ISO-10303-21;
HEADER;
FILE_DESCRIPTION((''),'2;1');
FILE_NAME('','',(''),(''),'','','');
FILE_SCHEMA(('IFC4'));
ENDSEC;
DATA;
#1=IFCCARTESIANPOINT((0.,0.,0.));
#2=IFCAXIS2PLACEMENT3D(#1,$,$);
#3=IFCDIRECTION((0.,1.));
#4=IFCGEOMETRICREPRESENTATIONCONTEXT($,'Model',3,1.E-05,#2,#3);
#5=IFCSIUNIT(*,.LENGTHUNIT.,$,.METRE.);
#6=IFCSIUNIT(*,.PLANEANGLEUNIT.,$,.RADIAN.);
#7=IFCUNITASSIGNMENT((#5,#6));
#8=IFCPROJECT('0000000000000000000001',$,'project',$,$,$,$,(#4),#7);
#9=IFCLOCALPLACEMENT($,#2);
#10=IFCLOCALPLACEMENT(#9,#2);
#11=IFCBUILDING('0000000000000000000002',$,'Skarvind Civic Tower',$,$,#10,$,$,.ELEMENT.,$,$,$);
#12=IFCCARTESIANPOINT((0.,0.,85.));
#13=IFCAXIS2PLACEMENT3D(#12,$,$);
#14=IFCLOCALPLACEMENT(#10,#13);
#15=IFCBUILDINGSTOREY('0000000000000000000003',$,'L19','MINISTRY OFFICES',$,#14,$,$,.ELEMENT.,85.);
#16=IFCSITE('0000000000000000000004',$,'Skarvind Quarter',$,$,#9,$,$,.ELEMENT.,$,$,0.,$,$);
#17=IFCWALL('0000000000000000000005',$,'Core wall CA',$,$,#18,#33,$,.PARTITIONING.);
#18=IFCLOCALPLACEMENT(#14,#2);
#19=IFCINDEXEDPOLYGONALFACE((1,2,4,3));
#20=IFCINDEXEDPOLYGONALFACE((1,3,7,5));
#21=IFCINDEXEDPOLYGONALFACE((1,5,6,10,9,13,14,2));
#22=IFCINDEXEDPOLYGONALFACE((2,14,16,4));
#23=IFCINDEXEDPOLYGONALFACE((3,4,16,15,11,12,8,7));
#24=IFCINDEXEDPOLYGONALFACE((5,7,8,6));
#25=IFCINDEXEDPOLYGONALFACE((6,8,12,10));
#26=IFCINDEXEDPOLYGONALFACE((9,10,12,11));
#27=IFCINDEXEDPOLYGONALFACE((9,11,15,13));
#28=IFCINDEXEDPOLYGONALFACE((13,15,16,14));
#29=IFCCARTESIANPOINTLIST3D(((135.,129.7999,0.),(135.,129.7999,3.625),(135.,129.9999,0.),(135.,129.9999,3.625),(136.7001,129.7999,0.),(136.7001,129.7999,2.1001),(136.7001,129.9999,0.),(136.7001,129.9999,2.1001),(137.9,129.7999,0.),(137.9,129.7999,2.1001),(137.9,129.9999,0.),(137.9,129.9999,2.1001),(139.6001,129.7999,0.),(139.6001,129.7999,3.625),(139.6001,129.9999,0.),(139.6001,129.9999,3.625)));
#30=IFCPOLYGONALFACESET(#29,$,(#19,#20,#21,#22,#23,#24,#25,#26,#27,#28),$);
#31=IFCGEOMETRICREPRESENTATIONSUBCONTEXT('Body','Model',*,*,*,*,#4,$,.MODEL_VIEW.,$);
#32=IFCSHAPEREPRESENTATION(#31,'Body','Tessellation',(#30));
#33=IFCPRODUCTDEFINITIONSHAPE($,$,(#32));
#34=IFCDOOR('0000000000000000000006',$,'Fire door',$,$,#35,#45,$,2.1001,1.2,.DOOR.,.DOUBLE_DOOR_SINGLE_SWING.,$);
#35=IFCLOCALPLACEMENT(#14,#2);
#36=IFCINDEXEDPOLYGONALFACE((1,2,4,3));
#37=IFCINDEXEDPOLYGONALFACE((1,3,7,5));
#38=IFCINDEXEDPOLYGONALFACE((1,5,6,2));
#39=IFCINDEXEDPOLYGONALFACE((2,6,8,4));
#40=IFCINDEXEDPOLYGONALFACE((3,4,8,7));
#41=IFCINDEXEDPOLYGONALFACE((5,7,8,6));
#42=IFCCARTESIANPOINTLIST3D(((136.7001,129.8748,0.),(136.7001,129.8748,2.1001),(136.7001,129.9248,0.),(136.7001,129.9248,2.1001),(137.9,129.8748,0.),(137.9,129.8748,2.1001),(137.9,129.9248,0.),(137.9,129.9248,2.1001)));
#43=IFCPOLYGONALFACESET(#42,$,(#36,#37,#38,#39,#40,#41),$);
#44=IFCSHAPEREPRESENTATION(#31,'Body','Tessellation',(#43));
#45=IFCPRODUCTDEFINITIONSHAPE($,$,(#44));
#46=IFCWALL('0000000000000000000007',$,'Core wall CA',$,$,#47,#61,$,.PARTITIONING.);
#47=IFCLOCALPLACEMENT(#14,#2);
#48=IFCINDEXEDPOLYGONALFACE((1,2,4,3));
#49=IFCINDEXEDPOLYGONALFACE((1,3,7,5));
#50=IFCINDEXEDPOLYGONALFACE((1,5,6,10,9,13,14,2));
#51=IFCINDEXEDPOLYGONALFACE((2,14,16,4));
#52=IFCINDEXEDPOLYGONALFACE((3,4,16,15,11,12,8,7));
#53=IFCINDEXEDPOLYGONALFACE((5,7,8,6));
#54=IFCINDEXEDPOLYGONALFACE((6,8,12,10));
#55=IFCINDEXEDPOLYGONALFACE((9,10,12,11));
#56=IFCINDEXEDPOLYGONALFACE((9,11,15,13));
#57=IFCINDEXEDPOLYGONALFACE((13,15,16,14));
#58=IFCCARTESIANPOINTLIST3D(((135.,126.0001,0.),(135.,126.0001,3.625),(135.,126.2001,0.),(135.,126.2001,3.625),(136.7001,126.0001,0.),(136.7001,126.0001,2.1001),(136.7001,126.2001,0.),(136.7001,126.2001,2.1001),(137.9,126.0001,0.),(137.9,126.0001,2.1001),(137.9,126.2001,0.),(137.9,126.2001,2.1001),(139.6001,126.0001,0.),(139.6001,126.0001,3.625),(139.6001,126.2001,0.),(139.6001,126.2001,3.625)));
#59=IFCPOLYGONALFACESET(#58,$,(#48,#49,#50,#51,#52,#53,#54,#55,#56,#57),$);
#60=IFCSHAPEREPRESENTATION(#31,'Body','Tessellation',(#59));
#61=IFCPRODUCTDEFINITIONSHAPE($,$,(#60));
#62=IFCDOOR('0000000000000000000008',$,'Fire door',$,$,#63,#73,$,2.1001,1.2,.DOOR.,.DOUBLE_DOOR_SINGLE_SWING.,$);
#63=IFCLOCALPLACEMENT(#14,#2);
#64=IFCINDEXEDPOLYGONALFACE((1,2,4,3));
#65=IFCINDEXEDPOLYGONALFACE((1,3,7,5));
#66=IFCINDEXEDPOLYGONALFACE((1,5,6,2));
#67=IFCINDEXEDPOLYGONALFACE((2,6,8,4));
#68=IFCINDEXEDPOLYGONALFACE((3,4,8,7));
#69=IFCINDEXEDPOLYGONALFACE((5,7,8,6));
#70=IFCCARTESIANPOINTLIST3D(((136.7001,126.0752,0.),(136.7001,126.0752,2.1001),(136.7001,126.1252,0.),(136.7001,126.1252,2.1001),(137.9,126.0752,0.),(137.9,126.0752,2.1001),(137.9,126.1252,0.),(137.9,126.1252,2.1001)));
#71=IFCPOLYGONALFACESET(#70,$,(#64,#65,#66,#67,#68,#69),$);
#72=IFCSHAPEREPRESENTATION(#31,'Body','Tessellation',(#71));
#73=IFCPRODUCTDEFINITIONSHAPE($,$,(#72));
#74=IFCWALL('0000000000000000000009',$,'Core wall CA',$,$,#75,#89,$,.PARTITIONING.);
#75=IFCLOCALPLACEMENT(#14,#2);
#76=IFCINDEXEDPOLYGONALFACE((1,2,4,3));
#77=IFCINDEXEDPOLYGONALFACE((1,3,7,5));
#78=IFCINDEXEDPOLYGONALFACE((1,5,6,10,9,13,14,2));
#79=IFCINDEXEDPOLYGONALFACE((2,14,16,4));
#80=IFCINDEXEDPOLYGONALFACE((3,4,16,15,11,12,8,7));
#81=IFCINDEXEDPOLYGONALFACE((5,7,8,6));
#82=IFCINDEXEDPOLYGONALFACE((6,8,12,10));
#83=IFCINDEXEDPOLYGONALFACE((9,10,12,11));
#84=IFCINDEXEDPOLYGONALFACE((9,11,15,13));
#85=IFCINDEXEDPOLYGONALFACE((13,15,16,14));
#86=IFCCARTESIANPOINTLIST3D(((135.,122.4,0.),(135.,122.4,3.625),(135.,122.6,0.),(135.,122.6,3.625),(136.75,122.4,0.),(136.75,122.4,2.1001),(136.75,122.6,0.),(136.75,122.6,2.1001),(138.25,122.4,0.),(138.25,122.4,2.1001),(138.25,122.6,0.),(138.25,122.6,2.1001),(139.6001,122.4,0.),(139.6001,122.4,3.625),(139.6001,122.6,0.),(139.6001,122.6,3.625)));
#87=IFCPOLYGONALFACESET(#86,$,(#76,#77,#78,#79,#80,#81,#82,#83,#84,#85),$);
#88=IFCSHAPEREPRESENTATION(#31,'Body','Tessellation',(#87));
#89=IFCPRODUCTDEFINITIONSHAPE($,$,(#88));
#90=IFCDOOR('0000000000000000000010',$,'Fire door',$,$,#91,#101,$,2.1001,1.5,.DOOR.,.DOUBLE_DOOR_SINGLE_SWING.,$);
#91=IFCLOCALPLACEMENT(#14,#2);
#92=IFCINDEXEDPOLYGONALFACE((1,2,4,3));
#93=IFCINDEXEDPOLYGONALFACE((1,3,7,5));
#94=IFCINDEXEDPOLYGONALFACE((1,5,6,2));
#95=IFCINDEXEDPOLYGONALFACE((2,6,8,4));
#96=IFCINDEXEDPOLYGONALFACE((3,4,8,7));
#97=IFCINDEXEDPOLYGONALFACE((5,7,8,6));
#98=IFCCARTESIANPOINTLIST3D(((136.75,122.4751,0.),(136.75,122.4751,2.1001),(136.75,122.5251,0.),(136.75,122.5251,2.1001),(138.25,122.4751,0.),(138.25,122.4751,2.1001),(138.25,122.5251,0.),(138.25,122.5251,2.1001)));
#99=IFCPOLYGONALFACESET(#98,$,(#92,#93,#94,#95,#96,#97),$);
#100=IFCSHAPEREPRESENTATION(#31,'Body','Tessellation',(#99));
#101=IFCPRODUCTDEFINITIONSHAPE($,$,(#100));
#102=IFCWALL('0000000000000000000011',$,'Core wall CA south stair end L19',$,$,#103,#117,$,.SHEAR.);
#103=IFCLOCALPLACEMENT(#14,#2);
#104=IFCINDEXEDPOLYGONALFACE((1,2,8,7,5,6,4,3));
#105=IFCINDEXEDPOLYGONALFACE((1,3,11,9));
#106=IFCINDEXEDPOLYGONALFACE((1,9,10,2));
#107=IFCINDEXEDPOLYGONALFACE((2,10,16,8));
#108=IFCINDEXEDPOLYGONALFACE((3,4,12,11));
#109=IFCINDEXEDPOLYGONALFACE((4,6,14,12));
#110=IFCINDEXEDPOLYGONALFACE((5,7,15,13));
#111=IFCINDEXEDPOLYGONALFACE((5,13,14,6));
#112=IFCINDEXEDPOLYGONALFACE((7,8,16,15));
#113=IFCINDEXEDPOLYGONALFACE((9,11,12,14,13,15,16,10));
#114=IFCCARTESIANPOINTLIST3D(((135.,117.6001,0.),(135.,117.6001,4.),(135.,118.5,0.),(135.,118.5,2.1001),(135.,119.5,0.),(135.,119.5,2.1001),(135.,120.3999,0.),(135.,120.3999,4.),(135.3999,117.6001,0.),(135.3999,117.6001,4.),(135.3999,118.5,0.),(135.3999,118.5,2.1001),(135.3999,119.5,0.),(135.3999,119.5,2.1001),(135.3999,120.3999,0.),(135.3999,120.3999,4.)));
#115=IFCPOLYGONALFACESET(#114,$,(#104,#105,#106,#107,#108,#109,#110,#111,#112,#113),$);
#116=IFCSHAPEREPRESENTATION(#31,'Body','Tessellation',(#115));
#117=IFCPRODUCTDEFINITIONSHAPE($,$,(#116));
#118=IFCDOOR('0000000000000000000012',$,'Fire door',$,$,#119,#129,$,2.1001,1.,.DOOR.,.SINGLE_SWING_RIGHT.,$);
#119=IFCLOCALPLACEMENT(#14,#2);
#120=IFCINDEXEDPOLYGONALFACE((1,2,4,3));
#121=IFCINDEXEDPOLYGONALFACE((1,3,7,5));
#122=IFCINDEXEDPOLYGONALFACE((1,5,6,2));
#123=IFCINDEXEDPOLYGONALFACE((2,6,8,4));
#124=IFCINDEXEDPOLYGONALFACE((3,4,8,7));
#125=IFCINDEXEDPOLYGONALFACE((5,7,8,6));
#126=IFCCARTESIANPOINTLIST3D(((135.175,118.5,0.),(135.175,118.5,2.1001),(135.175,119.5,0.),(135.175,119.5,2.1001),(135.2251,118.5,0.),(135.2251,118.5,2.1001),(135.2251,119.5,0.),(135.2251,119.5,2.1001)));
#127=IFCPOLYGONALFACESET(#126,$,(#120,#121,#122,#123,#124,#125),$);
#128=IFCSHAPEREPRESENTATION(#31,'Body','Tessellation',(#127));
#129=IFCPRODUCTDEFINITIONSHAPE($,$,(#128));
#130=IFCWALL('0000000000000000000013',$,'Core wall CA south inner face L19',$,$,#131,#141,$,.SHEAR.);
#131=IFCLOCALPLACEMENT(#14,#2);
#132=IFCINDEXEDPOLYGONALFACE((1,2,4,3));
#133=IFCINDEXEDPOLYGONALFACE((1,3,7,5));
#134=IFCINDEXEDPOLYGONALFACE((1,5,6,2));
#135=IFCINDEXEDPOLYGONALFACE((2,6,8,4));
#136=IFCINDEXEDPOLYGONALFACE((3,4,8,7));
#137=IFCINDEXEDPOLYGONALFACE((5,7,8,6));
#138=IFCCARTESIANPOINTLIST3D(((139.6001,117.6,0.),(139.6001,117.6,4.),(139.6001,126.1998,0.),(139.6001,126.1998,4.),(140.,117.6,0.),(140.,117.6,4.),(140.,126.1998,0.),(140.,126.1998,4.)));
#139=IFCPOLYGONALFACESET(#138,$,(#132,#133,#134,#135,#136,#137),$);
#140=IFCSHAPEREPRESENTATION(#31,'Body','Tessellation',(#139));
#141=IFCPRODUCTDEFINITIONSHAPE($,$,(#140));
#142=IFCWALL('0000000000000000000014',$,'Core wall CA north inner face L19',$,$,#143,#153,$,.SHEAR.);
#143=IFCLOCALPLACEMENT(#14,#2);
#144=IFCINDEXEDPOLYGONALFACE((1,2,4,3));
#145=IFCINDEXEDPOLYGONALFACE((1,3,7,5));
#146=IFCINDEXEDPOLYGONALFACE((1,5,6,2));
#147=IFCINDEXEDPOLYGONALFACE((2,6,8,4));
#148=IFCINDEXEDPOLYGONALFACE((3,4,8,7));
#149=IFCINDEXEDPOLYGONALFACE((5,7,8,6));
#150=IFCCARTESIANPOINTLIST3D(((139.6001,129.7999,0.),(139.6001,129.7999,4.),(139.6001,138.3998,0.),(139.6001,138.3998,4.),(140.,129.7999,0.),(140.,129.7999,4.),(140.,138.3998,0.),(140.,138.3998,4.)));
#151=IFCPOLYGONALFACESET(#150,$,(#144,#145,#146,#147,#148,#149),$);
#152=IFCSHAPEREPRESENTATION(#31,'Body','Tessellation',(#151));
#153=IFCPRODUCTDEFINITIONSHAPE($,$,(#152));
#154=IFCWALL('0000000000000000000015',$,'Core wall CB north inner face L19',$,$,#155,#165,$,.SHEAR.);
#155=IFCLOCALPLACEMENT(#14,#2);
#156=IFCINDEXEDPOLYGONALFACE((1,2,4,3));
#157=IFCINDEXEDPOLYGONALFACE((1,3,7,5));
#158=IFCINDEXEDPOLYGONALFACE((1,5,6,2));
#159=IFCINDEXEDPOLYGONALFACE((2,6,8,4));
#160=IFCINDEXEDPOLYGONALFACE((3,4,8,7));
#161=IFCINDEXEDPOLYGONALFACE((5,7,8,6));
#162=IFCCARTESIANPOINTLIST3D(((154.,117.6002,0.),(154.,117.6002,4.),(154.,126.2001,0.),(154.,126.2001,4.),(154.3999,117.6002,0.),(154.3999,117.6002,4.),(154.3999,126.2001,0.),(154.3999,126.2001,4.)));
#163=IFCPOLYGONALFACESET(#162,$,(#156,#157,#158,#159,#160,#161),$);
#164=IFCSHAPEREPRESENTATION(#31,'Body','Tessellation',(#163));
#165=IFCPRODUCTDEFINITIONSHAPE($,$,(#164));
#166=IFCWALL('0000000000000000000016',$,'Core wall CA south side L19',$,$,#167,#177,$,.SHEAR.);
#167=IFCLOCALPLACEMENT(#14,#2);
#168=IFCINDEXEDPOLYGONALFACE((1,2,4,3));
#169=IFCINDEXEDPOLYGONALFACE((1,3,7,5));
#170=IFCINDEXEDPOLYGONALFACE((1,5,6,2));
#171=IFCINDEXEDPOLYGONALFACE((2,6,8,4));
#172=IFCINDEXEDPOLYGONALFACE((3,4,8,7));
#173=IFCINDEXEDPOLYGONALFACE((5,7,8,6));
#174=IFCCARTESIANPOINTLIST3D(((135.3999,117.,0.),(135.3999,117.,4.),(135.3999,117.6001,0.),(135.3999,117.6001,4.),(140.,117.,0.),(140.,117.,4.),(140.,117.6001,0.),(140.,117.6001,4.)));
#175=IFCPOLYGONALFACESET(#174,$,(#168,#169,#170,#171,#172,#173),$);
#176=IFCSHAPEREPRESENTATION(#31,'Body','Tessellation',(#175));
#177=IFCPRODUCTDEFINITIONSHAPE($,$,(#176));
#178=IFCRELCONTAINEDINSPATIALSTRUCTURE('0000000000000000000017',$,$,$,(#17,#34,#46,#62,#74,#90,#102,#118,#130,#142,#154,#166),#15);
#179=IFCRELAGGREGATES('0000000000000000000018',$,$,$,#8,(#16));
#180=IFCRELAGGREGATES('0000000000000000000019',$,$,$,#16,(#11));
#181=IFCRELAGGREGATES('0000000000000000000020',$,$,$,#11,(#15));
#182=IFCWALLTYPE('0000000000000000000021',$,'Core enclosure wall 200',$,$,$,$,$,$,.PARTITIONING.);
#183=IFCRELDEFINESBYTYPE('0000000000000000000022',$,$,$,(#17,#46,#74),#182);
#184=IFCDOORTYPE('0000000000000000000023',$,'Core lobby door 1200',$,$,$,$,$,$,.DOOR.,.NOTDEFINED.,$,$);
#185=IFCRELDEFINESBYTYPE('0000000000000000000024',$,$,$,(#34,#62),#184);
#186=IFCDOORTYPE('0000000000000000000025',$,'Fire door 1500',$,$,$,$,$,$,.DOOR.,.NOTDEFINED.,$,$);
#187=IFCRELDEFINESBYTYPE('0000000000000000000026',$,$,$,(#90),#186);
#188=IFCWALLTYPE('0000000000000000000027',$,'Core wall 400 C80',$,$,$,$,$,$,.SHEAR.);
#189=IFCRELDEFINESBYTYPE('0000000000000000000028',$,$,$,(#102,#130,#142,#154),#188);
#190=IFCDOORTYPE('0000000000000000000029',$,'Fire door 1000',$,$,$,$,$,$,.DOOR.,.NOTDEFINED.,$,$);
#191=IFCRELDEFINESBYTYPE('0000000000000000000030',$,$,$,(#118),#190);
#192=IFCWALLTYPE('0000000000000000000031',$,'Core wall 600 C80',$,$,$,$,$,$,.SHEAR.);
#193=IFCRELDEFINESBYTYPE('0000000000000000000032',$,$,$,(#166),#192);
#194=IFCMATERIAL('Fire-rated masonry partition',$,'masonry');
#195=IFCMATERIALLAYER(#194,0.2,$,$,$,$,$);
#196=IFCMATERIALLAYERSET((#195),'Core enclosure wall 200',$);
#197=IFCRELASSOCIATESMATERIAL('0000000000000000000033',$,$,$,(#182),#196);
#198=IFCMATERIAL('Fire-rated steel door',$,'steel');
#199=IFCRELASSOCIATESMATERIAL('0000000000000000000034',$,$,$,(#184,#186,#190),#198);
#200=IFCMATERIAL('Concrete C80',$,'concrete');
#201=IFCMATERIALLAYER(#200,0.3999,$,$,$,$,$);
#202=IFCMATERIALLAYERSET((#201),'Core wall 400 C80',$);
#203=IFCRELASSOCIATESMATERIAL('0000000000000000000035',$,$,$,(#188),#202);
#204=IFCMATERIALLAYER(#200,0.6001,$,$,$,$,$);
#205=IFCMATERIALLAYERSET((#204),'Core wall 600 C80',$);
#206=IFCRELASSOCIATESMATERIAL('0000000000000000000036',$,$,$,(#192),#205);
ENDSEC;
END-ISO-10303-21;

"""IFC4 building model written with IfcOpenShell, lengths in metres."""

from ifc_helpers import new_model, si_unit, direction, frame, frame_2d, origin, place, context, subcontext, project, spatial, rectangle, extrude, material, layer, layer_set, type_object, element, fill, save


model = new_model("IFC4")

# Units and contexts
model_context = context("Model", 3, precision=1e-05, world=origin(), true_north=direction((0.0, 1.0)))
body_context = subcontext(model_context, "Body", "Model", "MODEL_VIEW")
ifc_project = project(units=[si_unit("LENGTHUNIT", "METRE"), si_unit("PLANEANGLEUNIT", "RADIAN")], contexts=[model_context])

# Site, building, storey
site_placement = place(None, origin())
site = spatial("IfcSite", under=ifc_project, at=site_placement, Name="Skarvind Quarter", CompositionType="ELEMENT", RefElevation=0.0)
building_placement = place(site_placement, origin())
building = spatial("IfcBuilding", under=site, at=building_placement, Name="Skarvind Civic Tower", CompositionType="ELEMENT")
storey_placement = place(building_placement, frame((0.0, 0.0, 85.0)))
storey = spatial("IfcBuildingStorey", under=building, at=storey_placement, Name="L19", Description="MINISTRY OFFICES", CompositionType="ELEMENT", Elevation=85.0)

# Walls, openings, doors
ifc_material_1 = material(Name="Fire-rated masonry partition", Category="masonry")
ifc_layer_1 = layer(ifc_material_1, 0.2)
ifc_layer_set_1 = layer_set([ifc_layer_1], Name="Core enclosure wall 200")
wall_type_1 = type_object("IfcWallType", Name="Core enclosure wall 200", PredefinedType="PARTITIONING", material=ifc_layer_set_1)
wall_1_placement = place(storey_placement, frame((135.0, 129.8999, 0.0), z_axis=(0.0, 0.0, 1.0), x_axis=(1.0, 0.0, 0.0)))
wall_1 = element("IfcWall", 1, at=wall_1_placement, inside=storey, type_object=wall_type_1, Name="Core wall CA", PredefinedType="PARTITIONING", context=body_context, shape_type="SweptSolid", body=[
    extrude(rectangle(XDim=4.6001, YDim=0.2, at=frame_2d((2.3, 0.0))), origin(), (0.0, 0.0, 1.0), 3.625),
])
opening_1_placement = place(wall_1_placement, frame((1.7, 0.0, 0.0)))
opening_1 = element("IfcOpeningElement", 2, at=opening_1_placement, cuts=wall_1, PredefinedType="OPENING", context=body_context, shape_type="SweptSolid", body=[
    extrude(rectangle(XDim=1.2, YDim=2.1001, at=frame_2d((0.6001, 1.05))), frame((0.0, 0.1099, 0.0), z_axis=(0.0, -1.0, 0.0), x_axis=(1.0, 0.0, 0.0)), (0.0, 0.0, 1.0), 0.22),
])
ifc_material_2 = material(Name="Fire-rated steel door", Category="steel")
door_type_1 = type_object("IfcDoorType", Name="Core lobby door 1200", OperationType="NOTDEFINED", PredefinedType="DOOR", material=ifc_material_2)
door_1_placement = place(opening_1_placement, origin())
door_1 = element("IfcDoor", 3, at=door_1_placement, inside=storey, type_object=door_type_1, Name="Fire door", OperationType="DOUBLE_DOOR_SINGLE_SWING", OverallHeight=2.1001, OverallWidth=1.2, PredefinedType="DOOR", context=body_context, shape_type="SweptSolid", body=[
    extrude(rectangle(XDim=1.2, YDim=2.1001, at=frame_2d((0.6001, 1.05))), frame((0.0, 0.0249, 0.0), z_axis=(0.0, -1.0, 0.0), x_axis=(1.0, 0.0, 0.0)), (0.0, 0.0, 1.0), 0.05),
])
fill(opening_1, door_1)
wall_2_placement = place(storey_placement, frame((139.6001, 126.1001, 0.0), z_axis=(0.0, 0.0, 1.0), x_axis=(-1.0, 0.0, 0.0)))
wall_2 = element("IfcWall", 4, at=wall_2_placement, inside=storey, type_object=wall_type_1, Name="Core wall CA", PredefinedType="PARTITIONING", context=body_context, shape_type="SweptSolid", body=[
    extrude(rectangle(XDim=4.6001, YDim=0.2, at=frame_2d((2.3, 0.0))), origin(), (0.0, 0.0, 1.0), 3.625),
])
opening_2_placement = place(wall_2_placement, frame((1.7, 0.0, 0.0)))
opening_2 = element("IfcOpeningElement", 5, at=opening_2_placement, cuts=wall_2, PredefinedType="OPENING", context=body_context, shape_type="SweptSolid", body=[
    extrude(rectangle(XDim=1.2, YDim=2.1001, at=frame_2d((0.6001, 1.05))), frame((0.0, 0.1099, 0.0), z_axis=(0.0, -1.0, 0.0), x_axis=(1.0, 0.0, 0.0)), (0.0, 0.0, 1.0), 0.22),
])
door_2_placement = place(opening_2_placement, origin())
door_2 = element("IfcDoor", 6, at=door_2_placement, inside=storey, type_object=door_type_1, Name="Fire door", OperationType="DOUBLE_DOOR_SINGLE_SWING", OverallHeight=2.1001, OverallWidth=1.2, PredefinedType="DOOR", context=body_context, shape_type="SweptSolid", body=[
    extrude(rectangle(XDim=1.2, YDim=2.1001, at=frame_2d((0.6001, 1.05))), frame((0.0, 0.0249, 0.0), z_axis=(0.0, -1.0, 0.0), x_axis=(1.0, 0.0, 0.0)), (0.0, 0.0, 1.0), 0.05),
])
fill(opening_2, door_2)
wall_3_placement = place(storey_placement, frame((139.6001, 122.5, 0.0), z_axis=(0.0, 0.0, 1.0), x_axis=(-1.0, 0.0, 0.0)))
wall_3 = element("IfcWall", 7, at=wall_3_placement, inside=storey, type_object=wall_type_1, Name="Core wall CA", PredefinedType="PARTITIONING", context=body_context, shape_type="SweptSolid", body=[
    extrude(rectangle(XDim=4.6001, YDim=0.2, at=frame_2d((2.3, 0.0))), origin(), (0.0, 0.0, 1.0), 3.625),
])
opening_3_placement = place(wall_3_placement, frame((1.3501, 0.0, 0.0)))
opening_3 = element("IfcOpeningElement", 8, at=opening_3_placement, cuts=wall_3, PredefinedType="OPENING", context=body_context, shape_type="SweptSolid", body=[
    extrude(rectangle(XDim=1.5, YDim=2.1001, at=frame_2d((0.75, 1.05))), frame((0.0, 0.1099, 0.0), z_axis=(0.0, -1.0, 0.0), x_axis=(1.0, 0.0, 0.0)), (0.0, 0.0, 1.0), 0.22),
])
door_type_2 = type_object("IfcDoorType", Name="Fire door 1500", OperationType="NOTDEFINED", PredefinedType="DOOR", material=ifc_material_2)
door_3_placement = place(opening_3_placement, origin())
door_3 = element("IfcDoor", 9, at=door_3_placement, inside=storey, type_object=door_type_2, Name="Fire door", OperationType="DOUBLE_DOOR_SINGLE_SWING", OverallHeight=2.1001, OverallWidth=1.5, PredefinedType="DOOR", context=body_context, shape_type="SweptSolid", body=[
    extrude(rectangle(XDim=1.5, YDim=2.1001, at=frame_2d((0.75, 1.05))), frame((0.0, 0.0249, 0.0), z_axis=(0.0, -1.0, 0.0), x_axis=(1.0, 0.0, 0.0)), (0.0, 0.0, 1.0), 0.05),
])
fill(opening_3, door_3)
ifc_material_3 = material(Name="Concrete C80", Category="concrete")
ifc_layer_2 = layer(ifc_material_3, 0.3999)
ifc_layer_set_2 = layer_set([ifc_layer_2], Name="Core wall 400 C80")
wall_type_2 = type_object("IfcWallType", Name="Core wall 400 C80", PredefinedType="SHEAR", material=ifc_layer_set_2)
wall_4_placement = place(storey_placement, frame((135.2, 117.6001, 0.0), z_axis=(0.0, 0.0, 1.0), x_axis=(0.0, 1.0, 0.0)))
wall_4 = element("IfcWall", 10, at=wall_4_placement, inside=storey, type_object=wall_type_2, Name="Core wall CA south stair end L19", PredefinedType="SHEAR", context=body_context, shape_type="SweptSolid", body=[
    extrude(rectangle(XDim=2.7998, YDim=0.3999, at=frame_2d((1.3999, 0.0))), origin(), (0.0, 0.0, 1.0), 4.0),
])
opening_4_placement = place(wall_4_placement, frame((0.8999, 0.0, 0.0)))
opening_4 = element("IfcOpeningElement", 11, at=opening_4_placement, cuts=wall_4, PredefinedType="OPENING", context=body_context, shape_type="SweptSolid", body=[
    extrude(rectangle(XDim=1.0, YDim=2.1001, at=frame_2d((0.5, 1.05))), frame((0.0, 0.21, 0.0), z_axis=(0.0, -1.0, 0.0), x_axis=(1.0, 0.0, 0.0)), (0.0, 0.0, 1.0), 0.4199),
])
door_type_3 = type_object("IfcDoorType", Name="Fire door 1000", OperationType="NOTDEFINED", PredefinedType="DOOR", material=ifc_material_2)
door_4_placement = place(opening_4_placement, origin())
door_4 = element("IfcDoor", 12, at=door_4_placement, inside=storey, type_object=door_type_3, Name="Fire door", OperationType="SINGLE_SWING_RIGHT", OverallHeight=2.1001, OverallWidth=1.0, PredefinedType="DOOR", context=body_context, shape_type="SweptSolid", body=[
    extrude(rectangle(XDim=1.0, YDim=2.1001, at=frame_2d((0.5, 1.05))), frame((0.0, 0.0249, 0.0), z_axis=(0.0, -1.0, 0.0), x_axis=(1.0, 0.0, 0.0)), (0.0, 0.0, 1.0), 0.05),
])
fill(opening_4, door_4)

# Walls
for number, where, z_axis, x_axis, name in (
    (13, (139.8, 117.6001, 0.0), (0.0, 0.0, 1.0), (0.0, 1.0, 0.0), "Core wall CA south inner face L19"),
    (14, (139.8, 129.8, 0.0), (0.0, 0.0, 1.0), (0.0, 1.0, 0.0), "Core wall CA north inner face L19"),
    (15, (154.2, 126.2, 0.0), (0.0, 0.0, 1.0), (0.0, -1.0, 0.0), "Core wall CB north inner face L19"),
):
    element("IfcWall", number, at=place(storey_placement, frame(where, z_axis=z_axis, x_axis=x_axis)), inside=storey, type_object=wall_type_2, Name=name, PredefinedType="SHEAR", context=body_context, shape_type="SweptSolid", body=[
        extrude(rectangle(XDim=8.5999, YDim=0.3999, at=frame_2d((4.2998, 0.0))), origin(), (0.0, 0.0, 1.0), 4.0),
    ])
ifc_layer_3 = layer(ifc_material_3, 0.6001)
ifc_layer_set_3 = layer_set([ifc_layer_3], Name="Core wall 600 C80")
wall_type_3 = type_object("IfcWallType", Name="Core wall 600 C80", PredefinedType="SHEAR", material=ifc_layer_set_3)
wall_5_placement = place(storey_placement, frame((135.3999, 117.3, 0.0), z_axis=(0.0, 0.0, 1.0), x_axis=(1.0, 0.0, 0.0)))
element("IfcWall", 16, at=wall_5_placement, inside=storey, type_object=wall_type_3, Name="Core wall CA south side L19", PredefinedType="SHEAR", context=body_context, shape_type="SweptSolid", body=[
    extrude(rectangle(XDim=4.6001, YDim=0.6001, at=frame_2d((2.3, 0.0))), origin(), (0.0, 0.0, 1.0), 4.0),
])

save(model, "model.ifc")
